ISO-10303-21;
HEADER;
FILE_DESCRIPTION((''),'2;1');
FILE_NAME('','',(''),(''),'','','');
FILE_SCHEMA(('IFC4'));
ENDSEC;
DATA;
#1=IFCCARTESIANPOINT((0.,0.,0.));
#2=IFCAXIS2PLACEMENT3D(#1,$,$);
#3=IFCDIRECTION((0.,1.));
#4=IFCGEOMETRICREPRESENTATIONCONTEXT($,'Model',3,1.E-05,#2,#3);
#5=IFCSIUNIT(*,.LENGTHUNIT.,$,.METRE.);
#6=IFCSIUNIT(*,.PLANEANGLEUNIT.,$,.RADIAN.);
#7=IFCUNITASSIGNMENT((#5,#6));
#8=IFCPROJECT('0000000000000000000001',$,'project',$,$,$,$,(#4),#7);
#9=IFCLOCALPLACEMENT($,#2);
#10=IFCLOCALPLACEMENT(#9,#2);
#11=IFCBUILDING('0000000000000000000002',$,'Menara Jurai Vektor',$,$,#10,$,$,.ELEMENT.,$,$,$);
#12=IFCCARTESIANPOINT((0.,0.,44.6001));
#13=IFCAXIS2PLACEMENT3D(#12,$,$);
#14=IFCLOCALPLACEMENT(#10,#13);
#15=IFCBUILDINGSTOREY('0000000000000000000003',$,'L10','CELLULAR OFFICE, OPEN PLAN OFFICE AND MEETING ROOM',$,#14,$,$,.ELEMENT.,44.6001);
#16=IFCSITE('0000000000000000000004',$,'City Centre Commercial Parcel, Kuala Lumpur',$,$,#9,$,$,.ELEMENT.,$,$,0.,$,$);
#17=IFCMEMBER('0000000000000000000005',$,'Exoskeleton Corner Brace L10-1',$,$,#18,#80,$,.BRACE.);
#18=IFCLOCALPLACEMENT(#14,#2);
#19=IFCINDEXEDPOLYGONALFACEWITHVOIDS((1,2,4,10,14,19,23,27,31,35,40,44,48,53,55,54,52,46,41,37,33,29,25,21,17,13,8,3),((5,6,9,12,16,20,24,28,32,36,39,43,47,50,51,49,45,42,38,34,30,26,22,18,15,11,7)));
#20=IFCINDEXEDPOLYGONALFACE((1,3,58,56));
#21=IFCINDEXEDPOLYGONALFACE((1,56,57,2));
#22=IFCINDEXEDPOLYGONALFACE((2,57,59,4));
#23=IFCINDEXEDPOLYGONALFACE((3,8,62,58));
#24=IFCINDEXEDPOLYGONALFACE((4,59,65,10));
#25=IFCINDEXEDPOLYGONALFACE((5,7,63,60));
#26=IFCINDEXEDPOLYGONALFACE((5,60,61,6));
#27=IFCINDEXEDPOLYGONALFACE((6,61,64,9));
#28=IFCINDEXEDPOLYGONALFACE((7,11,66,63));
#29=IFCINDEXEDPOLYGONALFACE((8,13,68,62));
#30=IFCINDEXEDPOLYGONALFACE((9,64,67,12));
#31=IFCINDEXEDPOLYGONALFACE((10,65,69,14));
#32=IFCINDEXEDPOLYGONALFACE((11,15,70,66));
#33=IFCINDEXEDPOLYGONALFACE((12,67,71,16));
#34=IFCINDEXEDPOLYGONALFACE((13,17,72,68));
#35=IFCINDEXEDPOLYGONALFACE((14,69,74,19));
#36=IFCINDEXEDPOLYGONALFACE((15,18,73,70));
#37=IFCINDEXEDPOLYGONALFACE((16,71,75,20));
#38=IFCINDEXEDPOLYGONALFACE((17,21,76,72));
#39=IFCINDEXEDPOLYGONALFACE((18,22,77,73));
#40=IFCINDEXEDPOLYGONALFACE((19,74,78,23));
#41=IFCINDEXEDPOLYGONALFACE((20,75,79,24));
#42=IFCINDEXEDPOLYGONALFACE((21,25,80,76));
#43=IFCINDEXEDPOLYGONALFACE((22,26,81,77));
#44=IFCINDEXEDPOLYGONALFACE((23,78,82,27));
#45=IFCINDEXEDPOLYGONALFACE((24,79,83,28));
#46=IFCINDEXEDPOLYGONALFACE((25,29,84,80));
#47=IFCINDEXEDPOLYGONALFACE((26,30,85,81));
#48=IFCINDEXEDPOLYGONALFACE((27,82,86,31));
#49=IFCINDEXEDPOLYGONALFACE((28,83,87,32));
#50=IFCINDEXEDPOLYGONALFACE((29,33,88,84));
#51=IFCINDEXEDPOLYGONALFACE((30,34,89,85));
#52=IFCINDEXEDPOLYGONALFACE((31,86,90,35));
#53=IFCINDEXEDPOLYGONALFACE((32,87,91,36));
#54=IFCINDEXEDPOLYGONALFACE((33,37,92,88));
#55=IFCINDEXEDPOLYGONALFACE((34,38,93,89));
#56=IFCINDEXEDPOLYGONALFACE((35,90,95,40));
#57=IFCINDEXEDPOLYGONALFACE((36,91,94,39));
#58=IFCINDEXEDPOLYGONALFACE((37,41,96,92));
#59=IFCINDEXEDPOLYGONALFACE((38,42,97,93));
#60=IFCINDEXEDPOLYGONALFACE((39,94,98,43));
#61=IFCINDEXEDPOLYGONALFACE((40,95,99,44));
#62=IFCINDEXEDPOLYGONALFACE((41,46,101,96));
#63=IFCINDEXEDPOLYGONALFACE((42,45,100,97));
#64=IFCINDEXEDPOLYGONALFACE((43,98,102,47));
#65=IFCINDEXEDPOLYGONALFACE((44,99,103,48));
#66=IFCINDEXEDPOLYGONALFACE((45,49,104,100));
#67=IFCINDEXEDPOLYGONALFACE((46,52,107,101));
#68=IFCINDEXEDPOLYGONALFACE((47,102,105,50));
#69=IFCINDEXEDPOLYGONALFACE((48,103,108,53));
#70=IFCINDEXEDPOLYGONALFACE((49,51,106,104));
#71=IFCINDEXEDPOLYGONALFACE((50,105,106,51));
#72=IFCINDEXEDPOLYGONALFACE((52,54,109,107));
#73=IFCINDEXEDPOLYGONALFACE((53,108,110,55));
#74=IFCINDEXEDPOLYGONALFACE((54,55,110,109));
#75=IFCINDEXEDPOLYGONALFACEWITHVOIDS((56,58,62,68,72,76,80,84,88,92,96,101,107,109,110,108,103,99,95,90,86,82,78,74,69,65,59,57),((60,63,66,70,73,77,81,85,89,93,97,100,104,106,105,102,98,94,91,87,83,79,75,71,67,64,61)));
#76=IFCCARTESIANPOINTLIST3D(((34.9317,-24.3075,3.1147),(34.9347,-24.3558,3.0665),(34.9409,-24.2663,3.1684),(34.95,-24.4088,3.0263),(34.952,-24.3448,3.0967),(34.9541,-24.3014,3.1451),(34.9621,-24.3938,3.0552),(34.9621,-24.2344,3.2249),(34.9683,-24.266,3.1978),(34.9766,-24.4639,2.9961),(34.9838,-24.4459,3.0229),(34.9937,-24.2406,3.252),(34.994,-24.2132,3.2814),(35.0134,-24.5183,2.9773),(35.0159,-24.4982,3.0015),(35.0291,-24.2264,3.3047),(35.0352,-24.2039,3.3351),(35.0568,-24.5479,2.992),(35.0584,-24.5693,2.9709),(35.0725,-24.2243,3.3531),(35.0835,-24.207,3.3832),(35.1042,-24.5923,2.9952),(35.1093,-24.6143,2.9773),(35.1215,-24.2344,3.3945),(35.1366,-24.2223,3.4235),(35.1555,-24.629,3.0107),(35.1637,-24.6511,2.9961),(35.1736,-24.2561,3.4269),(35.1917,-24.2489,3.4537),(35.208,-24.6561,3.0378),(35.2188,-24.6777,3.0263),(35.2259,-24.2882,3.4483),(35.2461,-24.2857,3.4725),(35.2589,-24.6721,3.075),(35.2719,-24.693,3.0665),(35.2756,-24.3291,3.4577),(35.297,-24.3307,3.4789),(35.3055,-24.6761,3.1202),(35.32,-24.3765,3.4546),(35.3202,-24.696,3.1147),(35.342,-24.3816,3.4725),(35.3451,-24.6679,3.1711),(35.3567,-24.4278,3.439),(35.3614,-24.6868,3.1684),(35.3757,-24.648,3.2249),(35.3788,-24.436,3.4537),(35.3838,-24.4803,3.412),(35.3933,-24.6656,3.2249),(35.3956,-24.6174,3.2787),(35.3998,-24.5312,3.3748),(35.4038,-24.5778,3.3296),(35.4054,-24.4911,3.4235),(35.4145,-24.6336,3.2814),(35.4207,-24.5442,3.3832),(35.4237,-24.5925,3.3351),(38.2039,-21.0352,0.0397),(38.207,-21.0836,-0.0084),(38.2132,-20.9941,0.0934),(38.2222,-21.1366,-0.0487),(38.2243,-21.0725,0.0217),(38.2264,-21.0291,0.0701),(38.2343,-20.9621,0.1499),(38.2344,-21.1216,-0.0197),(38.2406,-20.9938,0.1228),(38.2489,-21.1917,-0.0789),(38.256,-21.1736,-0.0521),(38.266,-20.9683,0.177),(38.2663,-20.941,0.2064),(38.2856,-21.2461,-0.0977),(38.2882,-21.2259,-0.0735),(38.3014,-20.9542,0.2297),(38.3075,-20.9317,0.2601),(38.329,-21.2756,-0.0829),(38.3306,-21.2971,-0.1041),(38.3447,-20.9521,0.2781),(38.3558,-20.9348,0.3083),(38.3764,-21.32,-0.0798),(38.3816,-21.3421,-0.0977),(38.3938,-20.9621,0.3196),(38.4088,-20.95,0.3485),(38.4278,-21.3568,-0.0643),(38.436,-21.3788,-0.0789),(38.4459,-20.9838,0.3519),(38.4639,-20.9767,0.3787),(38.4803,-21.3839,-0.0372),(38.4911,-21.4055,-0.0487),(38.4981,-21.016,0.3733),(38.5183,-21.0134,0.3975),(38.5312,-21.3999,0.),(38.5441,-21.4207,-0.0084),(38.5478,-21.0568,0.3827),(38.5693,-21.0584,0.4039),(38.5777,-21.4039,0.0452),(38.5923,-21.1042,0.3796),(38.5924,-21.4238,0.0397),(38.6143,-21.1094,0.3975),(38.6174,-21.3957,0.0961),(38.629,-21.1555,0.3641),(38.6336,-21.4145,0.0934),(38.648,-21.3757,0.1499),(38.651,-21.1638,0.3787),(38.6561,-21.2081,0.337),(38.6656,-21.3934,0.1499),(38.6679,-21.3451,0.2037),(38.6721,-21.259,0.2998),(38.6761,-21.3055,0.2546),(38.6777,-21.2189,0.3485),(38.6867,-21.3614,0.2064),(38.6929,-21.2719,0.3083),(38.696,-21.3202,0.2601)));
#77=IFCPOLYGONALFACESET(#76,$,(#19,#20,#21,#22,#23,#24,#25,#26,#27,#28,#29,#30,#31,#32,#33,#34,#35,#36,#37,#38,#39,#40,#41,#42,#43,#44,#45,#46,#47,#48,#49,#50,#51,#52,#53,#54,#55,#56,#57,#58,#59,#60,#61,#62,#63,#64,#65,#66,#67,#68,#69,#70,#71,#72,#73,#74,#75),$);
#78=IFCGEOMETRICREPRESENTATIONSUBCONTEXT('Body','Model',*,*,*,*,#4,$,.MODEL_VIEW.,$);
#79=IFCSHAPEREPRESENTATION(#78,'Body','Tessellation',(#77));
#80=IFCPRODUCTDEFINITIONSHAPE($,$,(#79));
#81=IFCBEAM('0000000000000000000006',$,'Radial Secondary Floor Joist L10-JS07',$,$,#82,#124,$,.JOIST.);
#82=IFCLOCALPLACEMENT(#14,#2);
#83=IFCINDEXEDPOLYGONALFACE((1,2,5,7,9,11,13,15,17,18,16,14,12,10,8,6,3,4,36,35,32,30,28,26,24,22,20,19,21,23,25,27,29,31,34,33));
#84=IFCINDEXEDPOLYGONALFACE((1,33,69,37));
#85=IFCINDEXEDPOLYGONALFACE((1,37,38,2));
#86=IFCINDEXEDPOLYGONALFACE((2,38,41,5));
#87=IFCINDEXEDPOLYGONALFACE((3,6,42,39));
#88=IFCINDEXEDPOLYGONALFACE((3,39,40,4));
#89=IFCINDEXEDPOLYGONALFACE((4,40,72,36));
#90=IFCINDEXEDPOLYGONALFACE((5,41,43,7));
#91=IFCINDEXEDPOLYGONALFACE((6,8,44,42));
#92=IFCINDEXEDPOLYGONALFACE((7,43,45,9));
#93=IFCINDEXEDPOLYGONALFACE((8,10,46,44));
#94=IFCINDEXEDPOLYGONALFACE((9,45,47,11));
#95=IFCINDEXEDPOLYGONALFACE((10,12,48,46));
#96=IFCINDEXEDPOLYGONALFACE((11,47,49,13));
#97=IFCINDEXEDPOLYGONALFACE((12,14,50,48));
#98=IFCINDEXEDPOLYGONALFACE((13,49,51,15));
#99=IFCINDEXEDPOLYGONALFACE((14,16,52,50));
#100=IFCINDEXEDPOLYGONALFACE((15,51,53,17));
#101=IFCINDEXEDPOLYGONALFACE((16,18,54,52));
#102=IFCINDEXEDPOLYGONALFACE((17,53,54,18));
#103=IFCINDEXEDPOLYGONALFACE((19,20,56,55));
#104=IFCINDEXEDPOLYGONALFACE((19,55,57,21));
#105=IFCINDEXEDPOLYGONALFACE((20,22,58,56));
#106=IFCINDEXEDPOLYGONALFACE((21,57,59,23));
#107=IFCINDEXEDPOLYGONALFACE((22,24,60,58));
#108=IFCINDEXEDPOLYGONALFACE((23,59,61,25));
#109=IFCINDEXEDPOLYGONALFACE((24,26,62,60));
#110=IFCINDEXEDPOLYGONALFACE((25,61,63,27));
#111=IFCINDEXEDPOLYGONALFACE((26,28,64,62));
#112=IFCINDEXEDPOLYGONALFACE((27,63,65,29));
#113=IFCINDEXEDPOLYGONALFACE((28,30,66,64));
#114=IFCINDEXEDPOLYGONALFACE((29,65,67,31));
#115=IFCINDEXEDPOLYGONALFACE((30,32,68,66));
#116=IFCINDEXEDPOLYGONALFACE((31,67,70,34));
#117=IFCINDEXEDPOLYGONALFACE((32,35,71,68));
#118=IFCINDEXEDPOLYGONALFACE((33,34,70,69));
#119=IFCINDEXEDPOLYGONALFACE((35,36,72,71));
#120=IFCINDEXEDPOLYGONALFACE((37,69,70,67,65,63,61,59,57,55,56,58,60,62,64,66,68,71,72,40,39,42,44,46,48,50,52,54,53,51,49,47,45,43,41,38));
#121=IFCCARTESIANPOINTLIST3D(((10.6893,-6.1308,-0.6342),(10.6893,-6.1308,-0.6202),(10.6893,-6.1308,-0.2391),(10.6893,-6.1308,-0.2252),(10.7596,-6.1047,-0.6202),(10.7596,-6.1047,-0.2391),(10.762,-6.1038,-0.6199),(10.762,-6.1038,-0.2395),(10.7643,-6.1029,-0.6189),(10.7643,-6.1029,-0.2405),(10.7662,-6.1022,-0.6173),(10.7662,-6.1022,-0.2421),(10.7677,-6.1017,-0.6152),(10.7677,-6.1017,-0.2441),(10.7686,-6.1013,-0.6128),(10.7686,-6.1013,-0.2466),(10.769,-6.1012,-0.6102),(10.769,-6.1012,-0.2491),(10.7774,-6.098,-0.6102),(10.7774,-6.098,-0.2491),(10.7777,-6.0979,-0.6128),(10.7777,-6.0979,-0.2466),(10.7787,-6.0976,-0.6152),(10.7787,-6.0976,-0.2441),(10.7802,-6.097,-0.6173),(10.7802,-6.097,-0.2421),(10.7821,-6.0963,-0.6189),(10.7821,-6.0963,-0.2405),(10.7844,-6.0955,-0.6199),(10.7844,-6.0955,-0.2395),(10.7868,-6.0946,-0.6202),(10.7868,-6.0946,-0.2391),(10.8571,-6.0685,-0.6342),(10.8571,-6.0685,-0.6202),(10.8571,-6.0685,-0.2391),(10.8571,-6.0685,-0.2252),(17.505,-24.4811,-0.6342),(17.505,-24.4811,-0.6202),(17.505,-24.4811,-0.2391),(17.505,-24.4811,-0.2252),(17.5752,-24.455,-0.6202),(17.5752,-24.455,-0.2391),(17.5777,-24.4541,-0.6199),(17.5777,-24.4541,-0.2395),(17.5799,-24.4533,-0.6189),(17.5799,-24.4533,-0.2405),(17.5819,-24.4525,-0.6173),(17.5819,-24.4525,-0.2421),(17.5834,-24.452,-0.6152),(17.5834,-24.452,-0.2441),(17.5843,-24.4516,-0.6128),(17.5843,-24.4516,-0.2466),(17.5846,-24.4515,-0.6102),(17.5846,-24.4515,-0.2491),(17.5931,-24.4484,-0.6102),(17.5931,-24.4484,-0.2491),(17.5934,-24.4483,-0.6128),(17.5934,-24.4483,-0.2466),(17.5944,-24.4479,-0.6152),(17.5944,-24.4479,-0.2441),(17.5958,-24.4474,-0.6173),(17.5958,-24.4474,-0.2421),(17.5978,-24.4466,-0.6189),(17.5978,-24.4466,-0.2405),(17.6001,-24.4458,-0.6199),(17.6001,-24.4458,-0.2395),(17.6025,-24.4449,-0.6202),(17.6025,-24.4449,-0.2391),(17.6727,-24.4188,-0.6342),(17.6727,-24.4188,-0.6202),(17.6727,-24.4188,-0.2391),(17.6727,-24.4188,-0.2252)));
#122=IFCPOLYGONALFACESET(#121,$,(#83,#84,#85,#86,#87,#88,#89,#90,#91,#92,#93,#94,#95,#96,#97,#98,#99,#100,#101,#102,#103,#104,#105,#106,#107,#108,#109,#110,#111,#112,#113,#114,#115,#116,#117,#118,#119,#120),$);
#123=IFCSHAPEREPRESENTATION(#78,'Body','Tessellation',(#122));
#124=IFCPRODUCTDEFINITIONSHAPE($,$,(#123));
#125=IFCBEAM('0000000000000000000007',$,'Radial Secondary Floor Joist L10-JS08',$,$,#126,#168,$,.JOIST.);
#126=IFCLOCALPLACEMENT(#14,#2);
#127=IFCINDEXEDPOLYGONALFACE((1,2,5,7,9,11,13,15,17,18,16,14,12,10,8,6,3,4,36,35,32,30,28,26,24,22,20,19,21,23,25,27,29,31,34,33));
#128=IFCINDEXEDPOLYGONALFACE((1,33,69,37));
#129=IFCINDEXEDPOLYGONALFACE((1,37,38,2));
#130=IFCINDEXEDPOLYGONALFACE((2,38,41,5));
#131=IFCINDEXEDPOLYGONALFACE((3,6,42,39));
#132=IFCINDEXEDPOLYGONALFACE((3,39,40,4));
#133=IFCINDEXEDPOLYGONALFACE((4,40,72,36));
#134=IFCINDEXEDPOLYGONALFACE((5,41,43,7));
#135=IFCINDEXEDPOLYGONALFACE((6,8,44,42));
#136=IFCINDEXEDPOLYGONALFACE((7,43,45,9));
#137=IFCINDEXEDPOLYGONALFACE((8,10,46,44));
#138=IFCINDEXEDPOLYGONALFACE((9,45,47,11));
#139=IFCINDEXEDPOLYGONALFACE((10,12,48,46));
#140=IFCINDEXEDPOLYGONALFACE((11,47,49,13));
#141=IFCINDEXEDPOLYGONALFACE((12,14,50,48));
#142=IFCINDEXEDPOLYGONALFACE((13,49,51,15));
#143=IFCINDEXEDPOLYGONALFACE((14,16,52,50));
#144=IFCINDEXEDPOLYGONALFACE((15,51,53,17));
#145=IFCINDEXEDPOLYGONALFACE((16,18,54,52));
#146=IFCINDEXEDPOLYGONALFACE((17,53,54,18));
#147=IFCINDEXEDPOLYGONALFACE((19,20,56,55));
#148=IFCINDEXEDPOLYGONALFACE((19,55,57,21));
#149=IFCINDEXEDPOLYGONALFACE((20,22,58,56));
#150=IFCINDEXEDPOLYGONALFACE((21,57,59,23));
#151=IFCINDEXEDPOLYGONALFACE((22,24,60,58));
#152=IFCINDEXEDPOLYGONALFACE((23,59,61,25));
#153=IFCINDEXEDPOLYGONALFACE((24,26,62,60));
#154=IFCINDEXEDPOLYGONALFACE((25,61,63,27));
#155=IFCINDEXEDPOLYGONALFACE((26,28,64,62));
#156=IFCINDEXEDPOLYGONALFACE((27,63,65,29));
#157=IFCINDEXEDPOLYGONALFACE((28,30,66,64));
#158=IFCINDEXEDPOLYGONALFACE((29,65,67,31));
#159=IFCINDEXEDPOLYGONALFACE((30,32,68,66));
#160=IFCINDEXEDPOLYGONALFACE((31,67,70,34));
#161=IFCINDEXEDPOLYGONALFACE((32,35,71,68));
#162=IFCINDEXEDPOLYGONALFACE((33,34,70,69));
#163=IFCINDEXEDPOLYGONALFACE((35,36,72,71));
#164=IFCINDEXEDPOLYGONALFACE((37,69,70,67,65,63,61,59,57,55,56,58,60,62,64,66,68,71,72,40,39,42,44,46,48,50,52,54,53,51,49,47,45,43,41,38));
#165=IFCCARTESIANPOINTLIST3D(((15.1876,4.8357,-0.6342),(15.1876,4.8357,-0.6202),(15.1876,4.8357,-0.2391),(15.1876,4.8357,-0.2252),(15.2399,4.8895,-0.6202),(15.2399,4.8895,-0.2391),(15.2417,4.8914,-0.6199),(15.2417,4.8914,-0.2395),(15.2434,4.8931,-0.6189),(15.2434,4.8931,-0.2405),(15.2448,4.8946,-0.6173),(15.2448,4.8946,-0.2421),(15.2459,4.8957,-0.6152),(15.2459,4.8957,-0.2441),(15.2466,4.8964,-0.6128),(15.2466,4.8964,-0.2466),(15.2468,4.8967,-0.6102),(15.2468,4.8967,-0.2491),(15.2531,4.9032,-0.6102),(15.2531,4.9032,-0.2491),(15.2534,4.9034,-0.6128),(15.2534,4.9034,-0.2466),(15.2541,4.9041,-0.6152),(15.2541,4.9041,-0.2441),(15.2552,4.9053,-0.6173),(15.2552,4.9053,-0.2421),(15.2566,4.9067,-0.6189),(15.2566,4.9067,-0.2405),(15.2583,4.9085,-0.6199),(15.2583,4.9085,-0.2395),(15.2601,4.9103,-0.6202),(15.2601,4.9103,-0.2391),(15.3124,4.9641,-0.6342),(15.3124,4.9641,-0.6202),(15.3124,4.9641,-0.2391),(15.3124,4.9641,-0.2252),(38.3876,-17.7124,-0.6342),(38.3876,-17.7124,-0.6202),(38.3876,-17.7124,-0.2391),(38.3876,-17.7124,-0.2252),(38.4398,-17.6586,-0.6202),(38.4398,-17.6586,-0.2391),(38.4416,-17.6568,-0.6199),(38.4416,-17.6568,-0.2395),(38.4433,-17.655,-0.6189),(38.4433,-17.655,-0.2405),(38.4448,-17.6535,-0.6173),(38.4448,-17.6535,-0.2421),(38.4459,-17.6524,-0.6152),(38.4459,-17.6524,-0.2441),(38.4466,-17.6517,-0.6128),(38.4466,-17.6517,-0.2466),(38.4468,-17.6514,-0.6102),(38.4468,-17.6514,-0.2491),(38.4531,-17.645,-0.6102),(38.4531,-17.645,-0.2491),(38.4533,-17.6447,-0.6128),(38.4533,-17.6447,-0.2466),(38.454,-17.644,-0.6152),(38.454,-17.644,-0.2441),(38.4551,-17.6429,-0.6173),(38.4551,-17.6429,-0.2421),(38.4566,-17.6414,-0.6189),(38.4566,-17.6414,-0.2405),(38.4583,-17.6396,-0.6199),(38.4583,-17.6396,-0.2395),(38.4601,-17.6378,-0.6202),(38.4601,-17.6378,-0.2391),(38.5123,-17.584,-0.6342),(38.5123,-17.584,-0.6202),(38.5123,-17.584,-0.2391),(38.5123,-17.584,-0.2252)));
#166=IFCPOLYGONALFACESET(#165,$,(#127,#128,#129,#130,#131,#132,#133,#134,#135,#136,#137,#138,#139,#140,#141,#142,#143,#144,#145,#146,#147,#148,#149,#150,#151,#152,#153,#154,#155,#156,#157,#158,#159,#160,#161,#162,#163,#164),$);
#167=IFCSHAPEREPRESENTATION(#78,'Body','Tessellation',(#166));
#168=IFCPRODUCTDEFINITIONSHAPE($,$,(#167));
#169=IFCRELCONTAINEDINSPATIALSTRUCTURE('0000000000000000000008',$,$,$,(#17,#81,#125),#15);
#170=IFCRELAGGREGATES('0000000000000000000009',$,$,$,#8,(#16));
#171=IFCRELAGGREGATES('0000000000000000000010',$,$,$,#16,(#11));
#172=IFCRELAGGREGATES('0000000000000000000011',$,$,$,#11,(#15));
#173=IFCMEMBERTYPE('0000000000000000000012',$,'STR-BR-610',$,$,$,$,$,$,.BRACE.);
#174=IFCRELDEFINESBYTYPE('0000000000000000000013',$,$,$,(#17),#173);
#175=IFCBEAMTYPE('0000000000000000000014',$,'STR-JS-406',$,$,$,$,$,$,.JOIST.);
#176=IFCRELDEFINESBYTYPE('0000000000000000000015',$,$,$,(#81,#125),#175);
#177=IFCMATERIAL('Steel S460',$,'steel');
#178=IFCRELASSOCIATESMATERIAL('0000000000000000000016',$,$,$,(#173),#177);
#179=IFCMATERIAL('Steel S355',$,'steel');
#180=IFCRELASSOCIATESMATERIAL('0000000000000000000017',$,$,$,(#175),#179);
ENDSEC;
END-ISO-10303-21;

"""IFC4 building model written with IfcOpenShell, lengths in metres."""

from ifc_helpers import new_model, si_unit, direction, frame, origin, origin_2d, place, context, subcontext, project, spatial, hollow_circle, i_section, extrude, material, material_profile, profile_set, type_object, element, save


model = new_model("IFC4")

# Units and contexts
model_context = context("Model", 3, precision=1e-05, world=origin(), true_north=direction((0.0, 1.0)))
body_context = subcontext(model_context, "Body", "Model", "MODEL_VIEW")
ifc_project = project(units=[si_unit("LENGTHUNIT", "METRE"), si_unit("PLANEANGLEUNIT", "RADIAN")], contexts=[model_context])

# Site, building, storey
site_placement = place(None, origin())
site = spatial("IfcSite", under=ifc_project, at=site_placement, Name="City Centre Commercial Parcel, Kuala Lumpur", CompositionType="ELEMENT", RefElevation=0.0)
building_placement = place(site_placement, origin())
building = spatial("IfcBuilding", under=site, at=building_placement, Name="Menara Jurai Vektor", CompositionType="ELEMENT")
storey_placement = place(building_placement, frame((0.0, 0.0, 44.6001)))
storey = spatial("IfcBuildingStorey", under=building, at=storey_placement, Name="L10", Description="CELLULAR OFFICE, OPEN PLAN OFFICE AND MEETING ROOM", CompositionType="ELEMENT", Elevation=44.6001)

# Shared definitions
ifc_material_1 = material(Name="Steel S460", Category="steel")

# Shared definitions
ifc_material_2 = material(Name="Steel S355", Category="steel")

# Member
ifc_material_profile_1 = material_profile(ifc_material_1, hollow_circle(Radius=0.3049, WallThickness=0.0249, at=origin_2d()), Name="CHS 610x25")
ifc_profile_set_1 = profile_set([ifc_material_profile_1], Name="Steel S460")
member_type_1 = type_object("IfcMemberType", Name="STR-BR-610", PredefinedType="BRACE", material=ifc_profile_set_1)
member_1_placement = place(storey_placement, frame((38.45, -21.1777, 0.1499), z_axis=(-0.588942, -0.588942, 0.553438), x_axis=(0.707107, -0.707107, 0.0)))
element("IfcMember", 1, at=member_1_placement, inside=storey, type_object=member_type_1, Name="Exoskeleton Corner Brace L10-1", PredefinedType="BRACE", context=body_context, shape_type="SweptSolid", body=[
    extrude(hollow_circle(Radius=0.3049, WallThickness=0.0249, at=origin_2d()), origin(), (0.0, 0.0, 1.0), 5.5562),
])

# Beams
ifc_material_profile_2 = material_profile(ifc_material_2, i_section(OverallWidth=0.179, OverallDepth=0.4089, WebThickness=0.009, FlangeThickness=0.0139, FilletRadius=0.01, at=origin_2d()), Name="UKB 406x178x67")
ifc_profile_set_2 = profile_set([ifc_material_profile_2], Name="Steel S355")
beam_type_1 = type_object("IfcBeamType", Name="STR-JS-406", PredefinedType="JOIST", material=ifc_profile_set_2)
beam_1_placement = place(storey_placement, frame((17.5889, -24.45, -0.4297), z_axis=(-0.348179, 0.937428, 0.0), x_axis=(-0.937428, -0.348179, 0.0)))
element("IfcBeam", 2, at=beam_1_placement, inside=storey, type_object=beam_type_1, Name="Radial Secondary Floor Joist L10-JS07", PredefinedType="JOIST", context=body_context, shape_type="SweptSolid", body=[
    extrude(i_section(OverallWidth=0.179, OverallDepth=0.4089, WebThickness=0.009, FlangeThickness=0.0139, FilletRadius=0.01, at=origin_2d()), origin(), (0.0, 0.0, 1.0), 19.5752),
])
beam_2_placement = place(storey_placement, frame((38.45, -17.6482, -0.4297), z_axis=(-0.717109, 0.696961, 0.0), x_axis=(-0.696961, -0.717109, 0.0)))
element("IfcBeam", 3, at=beam_2_placement, inside=storey, type_object=beam_type_1, Name="Radial Secondary Floor Joist L10-JS08", PredefinedType="JOIST", context=body_context, shape_type="SweptSolid", body=[
    extrude(i_section(OverallWidth=0.179, OverallDepth=0.4089, WebThickness=0.009, FlangeThickness=0.0139, FilletRadius=0.01, at=origin_2d()), origin(), (0.0, 0.0, 1.0), 32.3521),
])

save(model, "model.ifc")
